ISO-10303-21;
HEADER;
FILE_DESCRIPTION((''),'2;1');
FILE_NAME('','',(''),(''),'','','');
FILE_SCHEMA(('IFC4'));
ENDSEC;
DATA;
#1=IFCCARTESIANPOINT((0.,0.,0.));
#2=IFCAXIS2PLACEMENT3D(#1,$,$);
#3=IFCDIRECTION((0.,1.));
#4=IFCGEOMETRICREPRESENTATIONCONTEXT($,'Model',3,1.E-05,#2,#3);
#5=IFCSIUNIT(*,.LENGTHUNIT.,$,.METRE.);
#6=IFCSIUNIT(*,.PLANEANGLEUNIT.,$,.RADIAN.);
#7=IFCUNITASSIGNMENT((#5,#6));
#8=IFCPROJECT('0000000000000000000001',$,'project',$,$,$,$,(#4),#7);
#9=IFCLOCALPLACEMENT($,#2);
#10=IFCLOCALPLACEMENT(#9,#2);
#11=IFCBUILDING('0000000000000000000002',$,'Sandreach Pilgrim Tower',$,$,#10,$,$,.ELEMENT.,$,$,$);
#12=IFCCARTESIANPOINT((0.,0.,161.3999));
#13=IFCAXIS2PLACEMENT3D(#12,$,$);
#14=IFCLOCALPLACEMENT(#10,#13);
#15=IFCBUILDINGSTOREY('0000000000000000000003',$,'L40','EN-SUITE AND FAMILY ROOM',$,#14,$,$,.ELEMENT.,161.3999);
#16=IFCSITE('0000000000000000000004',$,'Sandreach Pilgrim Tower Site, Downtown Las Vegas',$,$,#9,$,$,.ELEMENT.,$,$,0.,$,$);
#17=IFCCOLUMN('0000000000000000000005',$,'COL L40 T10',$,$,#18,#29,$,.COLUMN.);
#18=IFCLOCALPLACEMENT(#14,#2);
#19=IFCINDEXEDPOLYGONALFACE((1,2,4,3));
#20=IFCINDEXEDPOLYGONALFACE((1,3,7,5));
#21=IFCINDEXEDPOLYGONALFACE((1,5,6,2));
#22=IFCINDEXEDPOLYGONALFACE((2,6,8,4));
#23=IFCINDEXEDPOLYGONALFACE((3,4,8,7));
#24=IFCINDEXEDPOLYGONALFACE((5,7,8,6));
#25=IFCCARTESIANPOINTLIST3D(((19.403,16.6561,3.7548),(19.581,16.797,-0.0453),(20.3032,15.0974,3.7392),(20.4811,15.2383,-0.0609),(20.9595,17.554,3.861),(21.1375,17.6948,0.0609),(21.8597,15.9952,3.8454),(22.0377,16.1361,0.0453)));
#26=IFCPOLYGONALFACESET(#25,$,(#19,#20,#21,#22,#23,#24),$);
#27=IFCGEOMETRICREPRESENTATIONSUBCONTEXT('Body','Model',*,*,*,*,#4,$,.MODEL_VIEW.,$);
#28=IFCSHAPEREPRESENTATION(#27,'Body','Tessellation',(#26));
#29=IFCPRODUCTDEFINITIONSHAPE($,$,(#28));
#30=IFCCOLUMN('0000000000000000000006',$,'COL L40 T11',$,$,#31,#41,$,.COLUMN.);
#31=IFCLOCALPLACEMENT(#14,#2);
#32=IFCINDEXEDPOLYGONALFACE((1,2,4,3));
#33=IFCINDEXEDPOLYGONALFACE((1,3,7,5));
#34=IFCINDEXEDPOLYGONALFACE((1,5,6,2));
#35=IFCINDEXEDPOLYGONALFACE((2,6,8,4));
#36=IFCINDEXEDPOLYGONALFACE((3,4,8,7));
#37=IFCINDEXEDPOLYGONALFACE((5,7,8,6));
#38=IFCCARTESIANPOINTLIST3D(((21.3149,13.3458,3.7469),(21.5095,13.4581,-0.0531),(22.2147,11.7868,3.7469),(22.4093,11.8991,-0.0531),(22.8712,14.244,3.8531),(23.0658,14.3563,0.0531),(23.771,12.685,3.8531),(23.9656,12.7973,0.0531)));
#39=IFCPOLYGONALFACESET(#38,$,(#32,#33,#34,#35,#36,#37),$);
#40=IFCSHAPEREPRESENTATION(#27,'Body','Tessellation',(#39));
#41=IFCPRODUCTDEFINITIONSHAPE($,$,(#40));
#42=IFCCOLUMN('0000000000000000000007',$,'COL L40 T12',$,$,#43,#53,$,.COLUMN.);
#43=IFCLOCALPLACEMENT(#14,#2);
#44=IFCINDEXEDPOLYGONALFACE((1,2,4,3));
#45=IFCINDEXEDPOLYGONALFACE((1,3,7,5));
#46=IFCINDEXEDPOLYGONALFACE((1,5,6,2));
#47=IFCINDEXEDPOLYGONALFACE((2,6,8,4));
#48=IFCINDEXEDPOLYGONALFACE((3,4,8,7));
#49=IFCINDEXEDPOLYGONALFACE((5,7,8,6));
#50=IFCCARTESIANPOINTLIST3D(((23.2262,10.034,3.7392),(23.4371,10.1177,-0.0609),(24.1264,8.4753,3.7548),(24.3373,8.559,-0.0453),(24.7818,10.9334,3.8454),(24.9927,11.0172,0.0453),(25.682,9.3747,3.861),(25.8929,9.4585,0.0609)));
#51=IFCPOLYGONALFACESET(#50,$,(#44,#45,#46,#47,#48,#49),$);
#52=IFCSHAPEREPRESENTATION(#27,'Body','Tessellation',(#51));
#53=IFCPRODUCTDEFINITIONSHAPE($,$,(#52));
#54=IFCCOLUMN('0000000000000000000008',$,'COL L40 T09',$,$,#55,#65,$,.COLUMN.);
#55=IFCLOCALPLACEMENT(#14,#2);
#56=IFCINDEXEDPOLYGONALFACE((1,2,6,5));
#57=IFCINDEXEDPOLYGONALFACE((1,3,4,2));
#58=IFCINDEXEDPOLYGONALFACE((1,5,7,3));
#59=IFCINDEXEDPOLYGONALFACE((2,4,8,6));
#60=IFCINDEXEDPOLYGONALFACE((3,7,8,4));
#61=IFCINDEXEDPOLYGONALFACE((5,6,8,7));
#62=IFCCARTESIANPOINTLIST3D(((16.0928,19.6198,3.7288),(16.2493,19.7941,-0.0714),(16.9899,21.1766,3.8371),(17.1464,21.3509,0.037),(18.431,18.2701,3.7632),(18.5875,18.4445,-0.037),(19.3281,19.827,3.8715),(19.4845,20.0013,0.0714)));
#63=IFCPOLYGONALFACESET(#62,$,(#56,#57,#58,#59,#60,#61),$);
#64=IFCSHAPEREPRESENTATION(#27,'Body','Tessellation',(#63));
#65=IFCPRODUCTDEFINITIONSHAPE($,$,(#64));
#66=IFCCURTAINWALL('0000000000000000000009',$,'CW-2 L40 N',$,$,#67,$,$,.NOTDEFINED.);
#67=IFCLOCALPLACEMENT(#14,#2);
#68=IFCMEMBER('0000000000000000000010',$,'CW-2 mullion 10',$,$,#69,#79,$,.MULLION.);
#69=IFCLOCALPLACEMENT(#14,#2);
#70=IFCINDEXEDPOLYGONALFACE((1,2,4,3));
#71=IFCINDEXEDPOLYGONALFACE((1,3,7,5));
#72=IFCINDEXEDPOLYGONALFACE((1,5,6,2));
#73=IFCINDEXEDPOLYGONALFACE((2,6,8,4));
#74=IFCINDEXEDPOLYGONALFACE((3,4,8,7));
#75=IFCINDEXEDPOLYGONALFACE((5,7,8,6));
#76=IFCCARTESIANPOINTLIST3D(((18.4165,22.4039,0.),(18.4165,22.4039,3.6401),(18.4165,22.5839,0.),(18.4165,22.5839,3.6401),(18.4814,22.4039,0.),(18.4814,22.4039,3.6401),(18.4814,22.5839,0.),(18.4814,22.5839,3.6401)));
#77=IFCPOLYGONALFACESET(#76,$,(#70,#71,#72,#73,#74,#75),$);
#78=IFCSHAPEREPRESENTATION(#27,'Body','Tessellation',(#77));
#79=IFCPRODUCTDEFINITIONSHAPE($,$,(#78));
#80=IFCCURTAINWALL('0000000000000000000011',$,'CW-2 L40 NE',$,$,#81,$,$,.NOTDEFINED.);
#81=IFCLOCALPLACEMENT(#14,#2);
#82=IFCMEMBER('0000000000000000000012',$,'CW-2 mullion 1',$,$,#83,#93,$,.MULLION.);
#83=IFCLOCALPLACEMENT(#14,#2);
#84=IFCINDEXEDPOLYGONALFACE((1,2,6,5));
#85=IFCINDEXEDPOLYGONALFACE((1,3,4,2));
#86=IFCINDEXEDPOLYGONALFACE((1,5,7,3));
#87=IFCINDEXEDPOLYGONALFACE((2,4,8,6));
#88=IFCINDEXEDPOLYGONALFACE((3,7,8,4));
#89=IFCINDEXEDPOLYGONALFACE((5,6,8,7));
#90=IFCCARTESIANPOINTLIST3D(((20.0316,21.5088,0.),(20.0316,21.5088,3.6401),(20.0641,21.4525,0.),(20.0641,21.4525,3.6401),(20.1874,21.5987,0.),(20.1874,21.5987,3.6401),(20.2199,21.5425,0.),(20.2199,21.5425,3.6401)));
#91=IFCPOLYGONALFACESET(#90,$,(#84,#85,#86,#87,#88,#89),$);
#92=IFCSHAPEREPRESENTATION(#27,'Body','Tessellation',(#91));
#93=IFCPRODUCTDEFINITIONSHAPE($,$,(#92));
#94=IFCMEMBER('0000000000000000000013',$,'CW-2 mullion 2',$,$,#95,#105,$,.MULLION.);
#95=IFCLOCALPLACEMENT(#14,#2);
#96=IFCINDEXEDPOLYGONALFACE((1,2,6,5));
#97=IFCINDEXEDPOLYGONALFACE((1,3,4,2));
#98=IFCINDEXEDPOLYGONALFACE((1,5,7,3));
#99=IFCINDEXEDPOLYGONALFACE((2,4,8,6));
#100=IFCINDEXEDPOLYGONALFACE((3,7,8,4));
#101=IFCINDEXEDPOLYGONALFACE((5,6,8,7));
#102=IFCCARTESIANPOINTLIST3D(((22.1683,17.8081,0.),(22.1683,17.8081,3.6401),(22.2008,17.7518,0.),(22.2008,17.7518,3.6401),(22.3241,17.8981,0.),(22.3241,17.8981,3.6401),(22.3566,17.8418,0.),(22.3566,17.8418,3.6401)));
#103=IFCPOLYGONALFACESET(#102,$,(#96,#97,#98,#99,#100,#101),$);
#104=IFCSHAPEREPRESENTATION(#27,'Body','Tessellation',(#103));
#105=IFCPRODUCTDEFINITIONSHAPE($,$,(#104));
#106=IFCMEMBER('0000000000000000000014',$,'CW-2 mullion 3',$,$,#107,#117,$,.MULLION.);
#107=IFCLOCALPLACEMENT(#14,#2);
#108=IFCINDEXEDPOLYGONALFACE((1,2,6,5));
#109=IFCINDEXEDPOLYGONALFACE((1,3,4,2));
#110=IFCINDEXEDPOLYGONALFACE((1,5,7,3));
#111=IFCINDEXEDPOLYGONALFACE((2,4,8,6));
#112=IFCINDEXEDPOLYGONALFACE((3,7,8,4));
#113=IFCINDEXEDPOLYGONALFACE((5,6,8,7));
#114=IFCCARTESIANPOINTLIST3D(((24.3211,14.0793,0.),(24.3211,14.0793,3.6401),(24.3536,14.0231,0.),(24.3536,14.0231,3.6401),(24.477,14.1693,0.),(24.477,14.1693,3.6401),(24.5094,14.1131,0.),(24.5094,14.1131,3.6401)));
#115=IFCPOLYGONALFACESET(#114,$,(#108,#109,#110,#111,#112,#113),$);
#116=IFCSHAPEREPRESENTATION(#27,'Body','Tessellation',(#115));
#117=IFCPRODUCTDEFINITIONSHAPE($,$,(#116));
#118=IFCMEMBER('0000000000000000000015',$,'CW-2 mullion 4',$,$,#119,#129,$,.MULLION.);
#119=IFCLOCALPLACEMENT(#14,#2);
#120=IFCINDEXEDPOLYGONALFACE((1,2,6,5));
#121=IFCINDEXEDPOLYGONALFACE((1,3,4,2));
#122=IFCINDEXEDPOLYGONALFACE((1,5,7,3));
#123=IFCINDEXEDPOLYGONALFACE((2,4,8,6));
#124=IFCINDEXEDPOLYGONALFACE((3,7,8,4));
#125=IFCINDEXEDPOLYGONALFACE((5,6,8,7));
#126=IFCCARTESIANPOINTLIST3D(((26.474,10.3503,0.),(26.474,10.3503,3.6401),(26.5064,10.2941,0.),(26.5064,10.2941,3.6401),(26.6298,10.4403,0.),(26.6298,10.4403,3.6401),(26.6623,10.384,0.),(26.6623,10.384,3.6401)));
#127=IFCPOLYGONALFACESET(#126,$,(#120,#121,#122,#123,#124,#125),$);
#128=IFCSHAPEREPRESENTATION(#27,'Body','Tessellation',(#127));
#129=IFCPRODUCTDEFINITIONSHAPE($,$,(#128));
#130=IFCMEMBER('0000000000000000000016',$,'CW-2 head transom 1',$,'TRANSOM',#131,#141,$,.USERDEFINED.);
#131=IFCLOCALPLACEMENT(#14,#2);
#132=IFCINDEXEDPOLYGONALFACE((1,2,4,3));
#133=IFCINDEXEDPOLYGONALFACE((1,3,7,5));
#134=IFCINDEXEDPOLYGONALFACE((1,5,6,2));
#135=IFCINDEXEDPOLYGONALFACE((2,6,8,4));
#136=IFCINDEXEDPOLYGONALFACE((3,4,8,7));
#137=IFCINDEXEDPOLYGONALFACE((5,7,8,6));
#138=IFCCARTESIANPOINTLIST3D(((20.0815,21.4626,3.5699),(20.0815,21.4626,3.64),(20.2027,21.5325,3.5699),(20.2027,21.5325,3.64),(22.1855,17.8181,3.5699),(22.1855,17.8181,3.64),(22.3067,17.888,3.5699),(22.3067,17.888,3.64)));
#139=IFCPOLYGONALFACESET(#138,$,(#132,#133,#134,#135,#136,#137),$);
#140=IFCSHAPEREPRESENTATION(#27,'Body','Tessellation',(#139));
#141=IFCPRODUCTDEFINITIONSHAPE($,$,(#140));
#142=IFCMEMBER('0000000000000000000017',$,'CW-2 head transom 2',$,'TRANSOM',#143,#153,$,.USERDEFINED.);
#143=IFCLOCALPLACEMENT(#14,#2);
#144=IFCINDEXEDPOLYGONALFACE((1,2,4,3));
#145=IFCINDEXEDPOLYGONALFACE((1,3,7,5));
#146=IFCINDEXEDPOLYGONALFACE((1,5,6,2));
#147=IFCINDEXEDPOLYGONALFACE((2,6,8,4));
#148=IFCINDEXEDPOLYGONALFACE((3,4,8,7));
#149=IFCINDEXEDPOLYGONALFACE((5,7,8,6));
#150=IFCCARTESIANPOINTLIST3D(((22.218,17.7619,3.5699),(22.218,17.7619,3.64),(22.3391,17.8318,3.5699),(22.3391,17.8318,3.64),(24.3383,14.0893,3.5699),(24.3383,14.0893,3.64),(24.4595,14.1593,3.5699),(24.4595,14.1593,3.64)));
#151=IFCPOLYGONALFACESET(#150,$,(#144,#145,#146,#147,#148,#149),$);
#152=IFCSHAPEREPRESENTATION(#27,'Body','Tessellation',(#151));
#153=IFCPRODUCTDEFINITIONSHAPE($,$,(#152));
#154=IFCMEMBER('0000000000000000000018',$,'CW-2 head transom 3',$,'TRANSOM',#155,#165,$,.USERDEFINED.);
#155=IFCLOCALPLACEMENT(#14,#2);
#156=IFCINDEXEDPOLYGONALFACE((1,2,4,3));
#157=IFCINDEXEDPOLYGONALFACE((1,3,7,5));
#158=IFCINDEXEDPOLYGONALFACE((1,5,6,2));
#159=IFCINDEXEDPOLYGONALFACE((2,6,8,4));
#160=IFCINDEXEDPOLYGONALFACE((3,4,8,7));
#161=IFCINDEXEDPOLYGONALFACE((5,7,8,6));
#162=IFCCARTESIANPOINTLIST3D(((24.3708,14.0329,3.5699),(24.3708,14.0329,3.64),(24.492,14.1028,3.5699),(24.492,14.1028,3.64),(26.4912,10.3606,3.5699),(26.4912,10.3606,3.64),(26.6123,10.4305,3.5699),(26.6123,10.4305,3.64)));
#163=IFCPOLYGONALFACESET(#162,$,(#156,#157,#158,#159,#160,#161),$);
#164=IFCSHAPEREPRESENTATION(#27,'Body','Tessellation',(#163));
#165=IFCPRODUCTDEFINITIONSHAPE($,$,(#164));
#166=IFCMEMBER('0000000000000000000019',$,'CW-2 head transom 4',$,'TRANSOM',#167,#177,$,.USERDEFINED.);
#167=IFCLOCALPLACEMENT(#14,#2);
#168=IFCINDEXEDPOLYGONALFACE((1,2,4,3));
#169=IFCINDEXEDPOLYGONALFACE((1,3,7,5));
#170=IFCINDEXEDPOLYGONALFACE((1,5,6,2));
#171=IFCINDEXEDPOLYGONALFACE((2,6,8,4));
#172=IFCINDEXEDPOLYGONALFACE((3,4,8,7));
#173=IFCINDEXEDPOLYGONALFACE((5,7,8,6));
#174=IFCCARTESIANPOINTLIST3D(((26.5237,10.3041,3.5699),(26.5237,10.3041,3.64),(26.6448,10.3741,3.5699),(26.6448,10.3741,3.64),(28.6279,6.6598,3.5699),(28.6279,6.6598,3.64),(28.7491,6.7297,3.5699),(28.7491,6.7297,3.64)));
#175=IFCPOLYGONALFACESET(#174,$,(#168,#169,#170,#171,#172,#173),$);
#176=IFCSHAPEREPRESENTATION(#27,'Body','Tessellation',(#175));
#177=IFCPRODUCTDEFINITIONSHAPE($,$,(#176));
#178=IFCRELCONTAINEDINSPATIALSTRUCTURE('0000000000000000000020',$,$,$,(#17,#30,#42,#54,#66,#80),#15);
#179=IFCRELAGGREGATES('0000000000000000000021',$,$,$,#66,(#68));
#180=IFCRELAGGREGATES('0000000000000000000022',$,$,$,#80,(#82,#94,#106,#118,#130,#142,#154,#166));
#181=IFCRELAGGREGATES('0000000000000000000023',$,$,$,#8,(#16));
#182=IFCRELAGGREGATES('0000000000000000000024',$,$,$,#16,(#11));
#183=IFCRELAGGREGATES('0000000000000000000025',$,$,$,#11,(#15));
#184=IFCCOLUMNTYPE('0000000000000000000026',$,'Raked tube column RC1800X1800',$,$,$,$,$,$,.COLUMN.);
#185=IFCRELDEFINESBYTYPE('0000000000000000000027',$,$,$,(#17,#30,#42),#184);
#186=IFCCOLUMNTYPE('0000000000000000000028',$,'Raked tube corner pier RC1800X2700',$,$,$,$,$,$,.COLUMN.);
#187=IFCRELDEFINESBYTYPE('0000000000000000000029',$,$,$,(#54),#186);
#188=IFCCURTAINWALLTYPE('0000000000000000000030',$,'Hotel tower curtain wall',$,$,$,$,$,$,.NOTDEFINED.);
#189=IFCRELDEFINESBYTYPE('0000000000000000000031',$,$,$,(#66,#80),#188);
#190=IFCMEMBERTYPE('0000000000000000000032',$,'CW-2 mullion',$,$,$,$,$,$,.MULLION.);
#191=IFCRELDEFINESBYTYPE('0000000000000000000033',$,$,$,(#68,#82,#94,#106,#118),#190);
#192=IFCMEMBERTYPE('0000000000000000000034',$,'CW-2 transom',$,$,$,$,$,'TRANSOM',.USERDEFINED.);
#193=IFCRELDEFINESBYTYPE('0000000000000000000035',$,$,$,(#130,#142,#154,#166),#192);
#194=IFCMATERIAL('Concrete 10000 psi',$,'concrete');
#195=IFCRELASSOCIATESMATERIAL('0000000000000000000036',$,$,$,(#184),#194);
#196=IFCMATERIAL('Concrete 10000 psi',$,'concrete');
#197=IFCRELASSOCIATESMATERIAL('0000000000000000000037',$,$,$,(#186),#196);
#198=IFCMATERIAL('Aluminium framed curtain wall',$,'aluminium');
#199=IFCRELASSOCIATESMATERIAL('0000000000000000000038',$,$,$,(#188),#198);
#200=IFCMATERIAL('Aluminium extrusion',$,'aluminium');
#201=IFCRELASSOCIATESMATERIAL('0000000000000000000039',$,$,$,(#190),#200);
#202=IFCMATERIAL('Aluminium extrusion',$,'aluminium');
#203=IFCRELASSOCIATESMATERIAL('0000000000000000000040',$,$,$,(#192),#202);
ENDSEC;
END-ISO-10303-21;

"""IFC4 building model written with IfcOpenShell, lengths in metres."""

from ifc_helpers import new_model, si_unit, direction, frame, origin, origin_2d, place, context, subcontext, project, spatial, rectangle, extrude, material, material_profile, profile_set, type_object, element, aggregate, save


model = new_model("IFC4")

# Units and contexts
model_context = context("Model", 3, precision=1e-05, world=origin(), true_north=direction((0.0, 1.0)))
body_context = subcontext(model_context, "Body", "Model", "MODEL_VIEW")
ifc_project = project(units=[si_unit("LENGTHUNIT", "METRE"), si_unit("PLANEANGLEUNIT", "RADIAN")], contexts=[model_context])

# Site, building, storey
site_placement = place(None, origin())
site = spatial("IfcSite", under=ifc_project, at=site_placement, Name="Sandreach Pilgrim Tower Site, Downtown Las Vegas", CompositionType="ELEMENT", RefElevation=0.0)
building_placement = place(site_placement, origin())
building = spatial("IfcBuilding", under=site, at=building_placement, Name="Sandreach Pilgrim Tower", CompositionType="ELEMENT")
storey_placement = place(building_placement, frame((0.0, 0.0, 161.3999)))
storey = spatial("IfcBuildingStorey", under=building, at=storey_placement, Name="L40", Description="EN-SUITE AND FAMILY ROOM", CompositionType="ELEMENT", Elevation=161.3999)

# Columns
ifc_material_1 = material(Name="Concrete 10000 psi", Category="concrete")
ifc_material_profile_1 = material_profile(ifc_material_1, rectangle(XDim=1.8, YDim=1.8, at=origin_2d()), Name="RC1800X1800")
ifc_profile_set_1 = profile_set([ifc_material_profile_1], Name="Concrete 10000 psi")
column_type_1 = type_object("IfcColumnType", Name="Raked tube column RC1800X1800", PredefinedType="COLUMN", material=ifc_profile_set_1)
column_1_placement = place(storey_placement, frame((20.8093, 16.4666, 0.0), z_axis=(-0.046753, -0.037004, 0.998221), x_axis=(0.864714, 0.498788, 0.05899)))
element("IfcColumn", 1, at=column_1_placement, inside=storey, type_object=column_type_1, Name="COL L40 T10", PredefinedType="COLUMN", context=body_context, shape_type="SweptSolid", body=[
    extrude(rectangle(XDim=1.8, YDim=1.8, at=origin_2d()), origin(), (0.0, 0.0, 1.0), 3.8069),
])
column_2_placement = place(storey_placement, frame((22.7375, 13.1277, 0.0), z_axis=(-0.051115, -0.029502, 0.998257), x_axis=(0.864585, 0.499008, 0.059018)))
element("IfcColumn", 2, at=column_2_placement, inside=storey, type_object=column_type_1, Name="COL L40 T11", PredefinedType="COLUMN", context=body_context, shape_type="SweptSolid", body=[
    extrude(rectangle(XDim=1.8, YDim=1.8, at=origin_2d()), origin(), (0.0, 0.0, 1.0), 3.8066),
])
column_3_placement = place(storey_placement, frame((24.665, 9.7881, 0.0), z_axis=(-0.05541, -0.021997, 0.998221), x_axis=(0.864198, 0.499683, 0.058982)))
element("IfcColumn", 3, at=column_3_placement, inside=storey, type_object=column_type_1, Name="COL L40 T12", PredefinedType="COLUMN", context=body_context, shape_type="SweptSolid", body=[
    extrude(rectangle(XDim=1.8, YDim=1.8, at=origin_2d()), origin(), (0.0, 0.0, 1.0), 3.8069),
])
ifc_material_2 = material(Name="Concrete 10000 psi", Category="concrete")
ifc_material_profile_2 = material_profile(ifc_material_2, rectangle(XDim=1.8, YDim=2.7, at=origin_2d()), Name="RC1800X2700")
ifc_profile_set_2 = profile_set([ifc_material_profile_2], Name="Concrete 10000 psi")
column_type_2 = type_object("IfcColumnType", Name="Raked tube corner pier RC1800X2700", PredefinedType="COLUMN", material=ifc_profile_set_2)
column_4_placement = place(storey_placement, frame((17.8669, 19.8977, 0.0), z_axis=(-0.041104, -0.045785, 0.998105), x_axis=(0.498343, 0.864888, 0.060197)))
element("IfcColumn", 4, at=column_4_placement, inside=storey, type_object=column_type_2, Name="COL L40 T09", PredefinedType="COLUMN", context=body_context, shape_type="SweptSolid", body=[
    extrude(rectangle(XDim=1.8, YDim=2.7, at=origin_2d()), origin(), (0.0, 0.0, 1.0), 3.8074),
])

# Curtain wall, member
ifc_material_3 = material(Name="Aluminium framed curtain wall", Category="aluminium")
curtain_wall_type = type_object("IfcCurtainWallType", Name="Hotel tower curtain wall", PredefinedType="NOTDEFINED", material=ifc_material_3)
curtain_wall_1_placement = place(storey_placement, origin())
curtain_wall_1 = element("IfcCurtainWall", 5, at=curtain_wall_1_placement, inside=storey, type_object=curtain_wall_type, Name="CW-2 L40 N", PredefinedType="NOTDEFINED")
ifc_material_4 = material(Name="Aluminium extrusion", Category="aluminium")
ifc_material_profile_3 = material_profile(ifc_material_4, rectangle(XDim=0.0649, YDim=0.1799, at=origin_2d()), Name="CW-2M 65X180")
ifc_profile_set_3 = profile_set([ifc_material_profile_3], Name="Aluminium extrusion")
member_type_1 = type_object("IfcMemberType", Name="CW-2 mullion", PredefinedType="MULLION", material=ifc_profile_set_3)
member_1_placement = place(storey_placement, frame((18.449, 22.4939, 0.0), z_axis=(0.0, 0.0, 1.0), x_axis=(1.0, 0.0, 0.0)))
member_1 = element("IfcMember", 6, at=member_1_placement, type_object=member_type_1, Name="CW-2 mullion 10", PredefinedType="MULLION", context=body_context, shape_type="SweptSolid", body=[
    extrude(rectangle(XDim=0.0649, YDim=0.1799, at=origin_2d()), origin(), (0.0, 0.0, 1.0), 3.6401),
])

# Curtain wall, members
curtain_wall_2_placement = place(storey_placement, origin())
curtain_wall_2 = element("IfcCurtainWall", 7, at=curtain_wall_2_placement, inside=storey, type_object=curtain_wall_type, Name="CW-2 L40 NE", PredefinedType="NOTDEFINED")
member_2_placement = place(storey_placement, frame((20.1257, 21.5256, 0.0), z_axis=(0.0, 0.0, 1.0), x_axis=(0.5, -0.866025, 0.0)))
member_2 = element("IfcMember", 8, at=member_2_placement, type_object=member_type_1, Name="CW-2 mullion 1", PredefinedType="MULLION", context=body_context, shape_type="SweptSolid", body=[
    extrude(rectangle(XDim=0.0649, YDim=0.1799, at=origin_2d()), origin(), (0.0, 0.0, 1.0), 3.6401),
])
member_3_placement = place(storey_placement, frame((22.2625, 17.825, 0.0), z_axis=(0.0, 0.0, 1.0), x_axis=(0.5, -0.866025, 0.0)))
member_3 = element("IfcMember", 9, at=member_3_placement, type_object=member_type_1, Name="CW-2 mullion 2", PredefinedType="MULLION", context=body_context, shape_type="SweptSolid", body=[
    extrude(rectangle(XDim=0.0649, YDim=0.1799, at=origin_2d()), origin(), (0.0, 0.0, 1.0), 3.6401),
])
member_4_placement = place(storey_placement, frame((24.4153, 14.0962, 0.0), z_axis=(0.0, 0.0, 1.0), x_axis=(0.5, -0.866025, 0.0)))
member_4 = element("IfcMember", 10, at=member_4_placement, type_object=member_type_1, Name="CW-2 mullion 3", PredefinedType="MULLION", context=body_context, shape_type="SweptSolid", body=[
    extrude(rectangle(XDim=0.0649, YDim=0.1799, at=origin_2d()), origin(), (0.0, 0.0, 1.0), 3.6401),
])
member_5_placement = place(storey_placement, frame((26.5681, 10.3672, 0.0), z_axis=(0.0, 0.0, 1.0), x_axis=(0.5, -0.866025, 0.0)))
member_5 = element("IfcMember", 11, at=member_5_placement, type_object=member_type_1, Name="CW-2 mullion 4", PredefinedType="MULLION", context=body_context, shape_type="SweptSolid", body=[
    extrude(rectangle(XDim=0.0649, YDim=0.1799, at=origin_2d()), origin(), (0.0, 0.0, 1.0), 3.6401),
])
ifc_material_5 = material(Name="Aluminium extrusion", Category="aluminium")
ifc_material_profile_4 = material_profile(ifc_material_5, rectangle(XDim=0.1399, YDim=0.0701, at=origin_2d()), Name="CW-2T 140X70")
ifc_profile_set_4 = profile_set([ifc_material_profile_4], Name="Aluminium extrusion")
member_type_2 = type_object("IfcMemberType", Name="CW-2 transom", ElementType="TRANSOM", PredefinedType="USERDEFINED", material=ifc_profile_set_4)
member_6_placement = place(storey_placement, frame((20.1421, 21.4976, 3.605), z_axis=(0.49997, -0.866043, 0.0), x_axis=(0.866043, 0.49997, 0.0)))
member_6 = element("IfcMember", 12, at=member_6_placement, type_object=member_type_2, Name="CW-2 head transom 1", ObjectType="TRANSOM", PredefinedType="USERDEFINED", context=body_context, shape_type="SweptSolid", body=[
    extrude(rectangle(XDim=0.1399, YDim=0.0701, at=origin_2d()), origin(), (0.0, 0.0, 1.0), 4.2083),
])
member_7_placement = place(storey_placement, frame((22.2786, 17.7969, 3.605), z_axis=(0.499997, -0.866027, 0.0), x_axis=(0.866027, 0.499997, 0.0)))
member_7 = element("IfcMember", 13, at=member_7_placement, type_object=member_type_2, Name="CW-2 head transom 2", ObjectType="TRANSOM", PredefinedType="USERDEFINED", context=body_context, shape_type="SweptSolid", body=[
    extrude(rectangle(XDim=0.1399, YDim=0.0701, at=origin_2d()), origin(), (0.0, 0.0, 1.0), 4.2407),
])
member_8_placement = place(storey_placement, frame((24.4314, 14.0679, 3.605), z_axis=(0.500021, -0.866013, 0.0), x_axis=(0.866013, 0.500021, 0.0)))
member_8 = element("IfcMember", 14, at=member_8_placement, type_object=member_type_2, Name="CW-2 head transom 3", ObjectType="TRANSOM", PredefinedType="USERDEFINED", context=body_context, shape_type="SweptSolid", body=[
    extrude(rectangle(XDim=0.1399, YDim=0.0701, at=origin_2d()), origin(), (0.0, 0.0, 1.0), 4.2405),
])
member_9_placement = place(storey_placement, frame((26.5842, 10.3391, 3.605), z_axis=(0.500039, -0.866003, 0.0), x_axis=(0.866003, 0.500039, 0.0)))
member_9 = element("IfcMember", 15, at=member_9_placement, type_object=member_type_2, Name="CW-2 head transom 4", ObjectType="TRANSOM", PredefinedType="USERDEFINED", context=body_context, shape_type="SweptSolid", body=[
    extrude(rectangle(XDim=0.1399, YDim=0.0701, at=origin_2d()), origin(), (0.0, 0.0, 1.0), 4.2083),
])

aggregate(curtain_wall_1, [member_1])
aggregate(curtain_wall_2, [member_2, member_3, member_4, member_5, member_6, member_7, member_8, member_9])

save(model, "model.ifc")
